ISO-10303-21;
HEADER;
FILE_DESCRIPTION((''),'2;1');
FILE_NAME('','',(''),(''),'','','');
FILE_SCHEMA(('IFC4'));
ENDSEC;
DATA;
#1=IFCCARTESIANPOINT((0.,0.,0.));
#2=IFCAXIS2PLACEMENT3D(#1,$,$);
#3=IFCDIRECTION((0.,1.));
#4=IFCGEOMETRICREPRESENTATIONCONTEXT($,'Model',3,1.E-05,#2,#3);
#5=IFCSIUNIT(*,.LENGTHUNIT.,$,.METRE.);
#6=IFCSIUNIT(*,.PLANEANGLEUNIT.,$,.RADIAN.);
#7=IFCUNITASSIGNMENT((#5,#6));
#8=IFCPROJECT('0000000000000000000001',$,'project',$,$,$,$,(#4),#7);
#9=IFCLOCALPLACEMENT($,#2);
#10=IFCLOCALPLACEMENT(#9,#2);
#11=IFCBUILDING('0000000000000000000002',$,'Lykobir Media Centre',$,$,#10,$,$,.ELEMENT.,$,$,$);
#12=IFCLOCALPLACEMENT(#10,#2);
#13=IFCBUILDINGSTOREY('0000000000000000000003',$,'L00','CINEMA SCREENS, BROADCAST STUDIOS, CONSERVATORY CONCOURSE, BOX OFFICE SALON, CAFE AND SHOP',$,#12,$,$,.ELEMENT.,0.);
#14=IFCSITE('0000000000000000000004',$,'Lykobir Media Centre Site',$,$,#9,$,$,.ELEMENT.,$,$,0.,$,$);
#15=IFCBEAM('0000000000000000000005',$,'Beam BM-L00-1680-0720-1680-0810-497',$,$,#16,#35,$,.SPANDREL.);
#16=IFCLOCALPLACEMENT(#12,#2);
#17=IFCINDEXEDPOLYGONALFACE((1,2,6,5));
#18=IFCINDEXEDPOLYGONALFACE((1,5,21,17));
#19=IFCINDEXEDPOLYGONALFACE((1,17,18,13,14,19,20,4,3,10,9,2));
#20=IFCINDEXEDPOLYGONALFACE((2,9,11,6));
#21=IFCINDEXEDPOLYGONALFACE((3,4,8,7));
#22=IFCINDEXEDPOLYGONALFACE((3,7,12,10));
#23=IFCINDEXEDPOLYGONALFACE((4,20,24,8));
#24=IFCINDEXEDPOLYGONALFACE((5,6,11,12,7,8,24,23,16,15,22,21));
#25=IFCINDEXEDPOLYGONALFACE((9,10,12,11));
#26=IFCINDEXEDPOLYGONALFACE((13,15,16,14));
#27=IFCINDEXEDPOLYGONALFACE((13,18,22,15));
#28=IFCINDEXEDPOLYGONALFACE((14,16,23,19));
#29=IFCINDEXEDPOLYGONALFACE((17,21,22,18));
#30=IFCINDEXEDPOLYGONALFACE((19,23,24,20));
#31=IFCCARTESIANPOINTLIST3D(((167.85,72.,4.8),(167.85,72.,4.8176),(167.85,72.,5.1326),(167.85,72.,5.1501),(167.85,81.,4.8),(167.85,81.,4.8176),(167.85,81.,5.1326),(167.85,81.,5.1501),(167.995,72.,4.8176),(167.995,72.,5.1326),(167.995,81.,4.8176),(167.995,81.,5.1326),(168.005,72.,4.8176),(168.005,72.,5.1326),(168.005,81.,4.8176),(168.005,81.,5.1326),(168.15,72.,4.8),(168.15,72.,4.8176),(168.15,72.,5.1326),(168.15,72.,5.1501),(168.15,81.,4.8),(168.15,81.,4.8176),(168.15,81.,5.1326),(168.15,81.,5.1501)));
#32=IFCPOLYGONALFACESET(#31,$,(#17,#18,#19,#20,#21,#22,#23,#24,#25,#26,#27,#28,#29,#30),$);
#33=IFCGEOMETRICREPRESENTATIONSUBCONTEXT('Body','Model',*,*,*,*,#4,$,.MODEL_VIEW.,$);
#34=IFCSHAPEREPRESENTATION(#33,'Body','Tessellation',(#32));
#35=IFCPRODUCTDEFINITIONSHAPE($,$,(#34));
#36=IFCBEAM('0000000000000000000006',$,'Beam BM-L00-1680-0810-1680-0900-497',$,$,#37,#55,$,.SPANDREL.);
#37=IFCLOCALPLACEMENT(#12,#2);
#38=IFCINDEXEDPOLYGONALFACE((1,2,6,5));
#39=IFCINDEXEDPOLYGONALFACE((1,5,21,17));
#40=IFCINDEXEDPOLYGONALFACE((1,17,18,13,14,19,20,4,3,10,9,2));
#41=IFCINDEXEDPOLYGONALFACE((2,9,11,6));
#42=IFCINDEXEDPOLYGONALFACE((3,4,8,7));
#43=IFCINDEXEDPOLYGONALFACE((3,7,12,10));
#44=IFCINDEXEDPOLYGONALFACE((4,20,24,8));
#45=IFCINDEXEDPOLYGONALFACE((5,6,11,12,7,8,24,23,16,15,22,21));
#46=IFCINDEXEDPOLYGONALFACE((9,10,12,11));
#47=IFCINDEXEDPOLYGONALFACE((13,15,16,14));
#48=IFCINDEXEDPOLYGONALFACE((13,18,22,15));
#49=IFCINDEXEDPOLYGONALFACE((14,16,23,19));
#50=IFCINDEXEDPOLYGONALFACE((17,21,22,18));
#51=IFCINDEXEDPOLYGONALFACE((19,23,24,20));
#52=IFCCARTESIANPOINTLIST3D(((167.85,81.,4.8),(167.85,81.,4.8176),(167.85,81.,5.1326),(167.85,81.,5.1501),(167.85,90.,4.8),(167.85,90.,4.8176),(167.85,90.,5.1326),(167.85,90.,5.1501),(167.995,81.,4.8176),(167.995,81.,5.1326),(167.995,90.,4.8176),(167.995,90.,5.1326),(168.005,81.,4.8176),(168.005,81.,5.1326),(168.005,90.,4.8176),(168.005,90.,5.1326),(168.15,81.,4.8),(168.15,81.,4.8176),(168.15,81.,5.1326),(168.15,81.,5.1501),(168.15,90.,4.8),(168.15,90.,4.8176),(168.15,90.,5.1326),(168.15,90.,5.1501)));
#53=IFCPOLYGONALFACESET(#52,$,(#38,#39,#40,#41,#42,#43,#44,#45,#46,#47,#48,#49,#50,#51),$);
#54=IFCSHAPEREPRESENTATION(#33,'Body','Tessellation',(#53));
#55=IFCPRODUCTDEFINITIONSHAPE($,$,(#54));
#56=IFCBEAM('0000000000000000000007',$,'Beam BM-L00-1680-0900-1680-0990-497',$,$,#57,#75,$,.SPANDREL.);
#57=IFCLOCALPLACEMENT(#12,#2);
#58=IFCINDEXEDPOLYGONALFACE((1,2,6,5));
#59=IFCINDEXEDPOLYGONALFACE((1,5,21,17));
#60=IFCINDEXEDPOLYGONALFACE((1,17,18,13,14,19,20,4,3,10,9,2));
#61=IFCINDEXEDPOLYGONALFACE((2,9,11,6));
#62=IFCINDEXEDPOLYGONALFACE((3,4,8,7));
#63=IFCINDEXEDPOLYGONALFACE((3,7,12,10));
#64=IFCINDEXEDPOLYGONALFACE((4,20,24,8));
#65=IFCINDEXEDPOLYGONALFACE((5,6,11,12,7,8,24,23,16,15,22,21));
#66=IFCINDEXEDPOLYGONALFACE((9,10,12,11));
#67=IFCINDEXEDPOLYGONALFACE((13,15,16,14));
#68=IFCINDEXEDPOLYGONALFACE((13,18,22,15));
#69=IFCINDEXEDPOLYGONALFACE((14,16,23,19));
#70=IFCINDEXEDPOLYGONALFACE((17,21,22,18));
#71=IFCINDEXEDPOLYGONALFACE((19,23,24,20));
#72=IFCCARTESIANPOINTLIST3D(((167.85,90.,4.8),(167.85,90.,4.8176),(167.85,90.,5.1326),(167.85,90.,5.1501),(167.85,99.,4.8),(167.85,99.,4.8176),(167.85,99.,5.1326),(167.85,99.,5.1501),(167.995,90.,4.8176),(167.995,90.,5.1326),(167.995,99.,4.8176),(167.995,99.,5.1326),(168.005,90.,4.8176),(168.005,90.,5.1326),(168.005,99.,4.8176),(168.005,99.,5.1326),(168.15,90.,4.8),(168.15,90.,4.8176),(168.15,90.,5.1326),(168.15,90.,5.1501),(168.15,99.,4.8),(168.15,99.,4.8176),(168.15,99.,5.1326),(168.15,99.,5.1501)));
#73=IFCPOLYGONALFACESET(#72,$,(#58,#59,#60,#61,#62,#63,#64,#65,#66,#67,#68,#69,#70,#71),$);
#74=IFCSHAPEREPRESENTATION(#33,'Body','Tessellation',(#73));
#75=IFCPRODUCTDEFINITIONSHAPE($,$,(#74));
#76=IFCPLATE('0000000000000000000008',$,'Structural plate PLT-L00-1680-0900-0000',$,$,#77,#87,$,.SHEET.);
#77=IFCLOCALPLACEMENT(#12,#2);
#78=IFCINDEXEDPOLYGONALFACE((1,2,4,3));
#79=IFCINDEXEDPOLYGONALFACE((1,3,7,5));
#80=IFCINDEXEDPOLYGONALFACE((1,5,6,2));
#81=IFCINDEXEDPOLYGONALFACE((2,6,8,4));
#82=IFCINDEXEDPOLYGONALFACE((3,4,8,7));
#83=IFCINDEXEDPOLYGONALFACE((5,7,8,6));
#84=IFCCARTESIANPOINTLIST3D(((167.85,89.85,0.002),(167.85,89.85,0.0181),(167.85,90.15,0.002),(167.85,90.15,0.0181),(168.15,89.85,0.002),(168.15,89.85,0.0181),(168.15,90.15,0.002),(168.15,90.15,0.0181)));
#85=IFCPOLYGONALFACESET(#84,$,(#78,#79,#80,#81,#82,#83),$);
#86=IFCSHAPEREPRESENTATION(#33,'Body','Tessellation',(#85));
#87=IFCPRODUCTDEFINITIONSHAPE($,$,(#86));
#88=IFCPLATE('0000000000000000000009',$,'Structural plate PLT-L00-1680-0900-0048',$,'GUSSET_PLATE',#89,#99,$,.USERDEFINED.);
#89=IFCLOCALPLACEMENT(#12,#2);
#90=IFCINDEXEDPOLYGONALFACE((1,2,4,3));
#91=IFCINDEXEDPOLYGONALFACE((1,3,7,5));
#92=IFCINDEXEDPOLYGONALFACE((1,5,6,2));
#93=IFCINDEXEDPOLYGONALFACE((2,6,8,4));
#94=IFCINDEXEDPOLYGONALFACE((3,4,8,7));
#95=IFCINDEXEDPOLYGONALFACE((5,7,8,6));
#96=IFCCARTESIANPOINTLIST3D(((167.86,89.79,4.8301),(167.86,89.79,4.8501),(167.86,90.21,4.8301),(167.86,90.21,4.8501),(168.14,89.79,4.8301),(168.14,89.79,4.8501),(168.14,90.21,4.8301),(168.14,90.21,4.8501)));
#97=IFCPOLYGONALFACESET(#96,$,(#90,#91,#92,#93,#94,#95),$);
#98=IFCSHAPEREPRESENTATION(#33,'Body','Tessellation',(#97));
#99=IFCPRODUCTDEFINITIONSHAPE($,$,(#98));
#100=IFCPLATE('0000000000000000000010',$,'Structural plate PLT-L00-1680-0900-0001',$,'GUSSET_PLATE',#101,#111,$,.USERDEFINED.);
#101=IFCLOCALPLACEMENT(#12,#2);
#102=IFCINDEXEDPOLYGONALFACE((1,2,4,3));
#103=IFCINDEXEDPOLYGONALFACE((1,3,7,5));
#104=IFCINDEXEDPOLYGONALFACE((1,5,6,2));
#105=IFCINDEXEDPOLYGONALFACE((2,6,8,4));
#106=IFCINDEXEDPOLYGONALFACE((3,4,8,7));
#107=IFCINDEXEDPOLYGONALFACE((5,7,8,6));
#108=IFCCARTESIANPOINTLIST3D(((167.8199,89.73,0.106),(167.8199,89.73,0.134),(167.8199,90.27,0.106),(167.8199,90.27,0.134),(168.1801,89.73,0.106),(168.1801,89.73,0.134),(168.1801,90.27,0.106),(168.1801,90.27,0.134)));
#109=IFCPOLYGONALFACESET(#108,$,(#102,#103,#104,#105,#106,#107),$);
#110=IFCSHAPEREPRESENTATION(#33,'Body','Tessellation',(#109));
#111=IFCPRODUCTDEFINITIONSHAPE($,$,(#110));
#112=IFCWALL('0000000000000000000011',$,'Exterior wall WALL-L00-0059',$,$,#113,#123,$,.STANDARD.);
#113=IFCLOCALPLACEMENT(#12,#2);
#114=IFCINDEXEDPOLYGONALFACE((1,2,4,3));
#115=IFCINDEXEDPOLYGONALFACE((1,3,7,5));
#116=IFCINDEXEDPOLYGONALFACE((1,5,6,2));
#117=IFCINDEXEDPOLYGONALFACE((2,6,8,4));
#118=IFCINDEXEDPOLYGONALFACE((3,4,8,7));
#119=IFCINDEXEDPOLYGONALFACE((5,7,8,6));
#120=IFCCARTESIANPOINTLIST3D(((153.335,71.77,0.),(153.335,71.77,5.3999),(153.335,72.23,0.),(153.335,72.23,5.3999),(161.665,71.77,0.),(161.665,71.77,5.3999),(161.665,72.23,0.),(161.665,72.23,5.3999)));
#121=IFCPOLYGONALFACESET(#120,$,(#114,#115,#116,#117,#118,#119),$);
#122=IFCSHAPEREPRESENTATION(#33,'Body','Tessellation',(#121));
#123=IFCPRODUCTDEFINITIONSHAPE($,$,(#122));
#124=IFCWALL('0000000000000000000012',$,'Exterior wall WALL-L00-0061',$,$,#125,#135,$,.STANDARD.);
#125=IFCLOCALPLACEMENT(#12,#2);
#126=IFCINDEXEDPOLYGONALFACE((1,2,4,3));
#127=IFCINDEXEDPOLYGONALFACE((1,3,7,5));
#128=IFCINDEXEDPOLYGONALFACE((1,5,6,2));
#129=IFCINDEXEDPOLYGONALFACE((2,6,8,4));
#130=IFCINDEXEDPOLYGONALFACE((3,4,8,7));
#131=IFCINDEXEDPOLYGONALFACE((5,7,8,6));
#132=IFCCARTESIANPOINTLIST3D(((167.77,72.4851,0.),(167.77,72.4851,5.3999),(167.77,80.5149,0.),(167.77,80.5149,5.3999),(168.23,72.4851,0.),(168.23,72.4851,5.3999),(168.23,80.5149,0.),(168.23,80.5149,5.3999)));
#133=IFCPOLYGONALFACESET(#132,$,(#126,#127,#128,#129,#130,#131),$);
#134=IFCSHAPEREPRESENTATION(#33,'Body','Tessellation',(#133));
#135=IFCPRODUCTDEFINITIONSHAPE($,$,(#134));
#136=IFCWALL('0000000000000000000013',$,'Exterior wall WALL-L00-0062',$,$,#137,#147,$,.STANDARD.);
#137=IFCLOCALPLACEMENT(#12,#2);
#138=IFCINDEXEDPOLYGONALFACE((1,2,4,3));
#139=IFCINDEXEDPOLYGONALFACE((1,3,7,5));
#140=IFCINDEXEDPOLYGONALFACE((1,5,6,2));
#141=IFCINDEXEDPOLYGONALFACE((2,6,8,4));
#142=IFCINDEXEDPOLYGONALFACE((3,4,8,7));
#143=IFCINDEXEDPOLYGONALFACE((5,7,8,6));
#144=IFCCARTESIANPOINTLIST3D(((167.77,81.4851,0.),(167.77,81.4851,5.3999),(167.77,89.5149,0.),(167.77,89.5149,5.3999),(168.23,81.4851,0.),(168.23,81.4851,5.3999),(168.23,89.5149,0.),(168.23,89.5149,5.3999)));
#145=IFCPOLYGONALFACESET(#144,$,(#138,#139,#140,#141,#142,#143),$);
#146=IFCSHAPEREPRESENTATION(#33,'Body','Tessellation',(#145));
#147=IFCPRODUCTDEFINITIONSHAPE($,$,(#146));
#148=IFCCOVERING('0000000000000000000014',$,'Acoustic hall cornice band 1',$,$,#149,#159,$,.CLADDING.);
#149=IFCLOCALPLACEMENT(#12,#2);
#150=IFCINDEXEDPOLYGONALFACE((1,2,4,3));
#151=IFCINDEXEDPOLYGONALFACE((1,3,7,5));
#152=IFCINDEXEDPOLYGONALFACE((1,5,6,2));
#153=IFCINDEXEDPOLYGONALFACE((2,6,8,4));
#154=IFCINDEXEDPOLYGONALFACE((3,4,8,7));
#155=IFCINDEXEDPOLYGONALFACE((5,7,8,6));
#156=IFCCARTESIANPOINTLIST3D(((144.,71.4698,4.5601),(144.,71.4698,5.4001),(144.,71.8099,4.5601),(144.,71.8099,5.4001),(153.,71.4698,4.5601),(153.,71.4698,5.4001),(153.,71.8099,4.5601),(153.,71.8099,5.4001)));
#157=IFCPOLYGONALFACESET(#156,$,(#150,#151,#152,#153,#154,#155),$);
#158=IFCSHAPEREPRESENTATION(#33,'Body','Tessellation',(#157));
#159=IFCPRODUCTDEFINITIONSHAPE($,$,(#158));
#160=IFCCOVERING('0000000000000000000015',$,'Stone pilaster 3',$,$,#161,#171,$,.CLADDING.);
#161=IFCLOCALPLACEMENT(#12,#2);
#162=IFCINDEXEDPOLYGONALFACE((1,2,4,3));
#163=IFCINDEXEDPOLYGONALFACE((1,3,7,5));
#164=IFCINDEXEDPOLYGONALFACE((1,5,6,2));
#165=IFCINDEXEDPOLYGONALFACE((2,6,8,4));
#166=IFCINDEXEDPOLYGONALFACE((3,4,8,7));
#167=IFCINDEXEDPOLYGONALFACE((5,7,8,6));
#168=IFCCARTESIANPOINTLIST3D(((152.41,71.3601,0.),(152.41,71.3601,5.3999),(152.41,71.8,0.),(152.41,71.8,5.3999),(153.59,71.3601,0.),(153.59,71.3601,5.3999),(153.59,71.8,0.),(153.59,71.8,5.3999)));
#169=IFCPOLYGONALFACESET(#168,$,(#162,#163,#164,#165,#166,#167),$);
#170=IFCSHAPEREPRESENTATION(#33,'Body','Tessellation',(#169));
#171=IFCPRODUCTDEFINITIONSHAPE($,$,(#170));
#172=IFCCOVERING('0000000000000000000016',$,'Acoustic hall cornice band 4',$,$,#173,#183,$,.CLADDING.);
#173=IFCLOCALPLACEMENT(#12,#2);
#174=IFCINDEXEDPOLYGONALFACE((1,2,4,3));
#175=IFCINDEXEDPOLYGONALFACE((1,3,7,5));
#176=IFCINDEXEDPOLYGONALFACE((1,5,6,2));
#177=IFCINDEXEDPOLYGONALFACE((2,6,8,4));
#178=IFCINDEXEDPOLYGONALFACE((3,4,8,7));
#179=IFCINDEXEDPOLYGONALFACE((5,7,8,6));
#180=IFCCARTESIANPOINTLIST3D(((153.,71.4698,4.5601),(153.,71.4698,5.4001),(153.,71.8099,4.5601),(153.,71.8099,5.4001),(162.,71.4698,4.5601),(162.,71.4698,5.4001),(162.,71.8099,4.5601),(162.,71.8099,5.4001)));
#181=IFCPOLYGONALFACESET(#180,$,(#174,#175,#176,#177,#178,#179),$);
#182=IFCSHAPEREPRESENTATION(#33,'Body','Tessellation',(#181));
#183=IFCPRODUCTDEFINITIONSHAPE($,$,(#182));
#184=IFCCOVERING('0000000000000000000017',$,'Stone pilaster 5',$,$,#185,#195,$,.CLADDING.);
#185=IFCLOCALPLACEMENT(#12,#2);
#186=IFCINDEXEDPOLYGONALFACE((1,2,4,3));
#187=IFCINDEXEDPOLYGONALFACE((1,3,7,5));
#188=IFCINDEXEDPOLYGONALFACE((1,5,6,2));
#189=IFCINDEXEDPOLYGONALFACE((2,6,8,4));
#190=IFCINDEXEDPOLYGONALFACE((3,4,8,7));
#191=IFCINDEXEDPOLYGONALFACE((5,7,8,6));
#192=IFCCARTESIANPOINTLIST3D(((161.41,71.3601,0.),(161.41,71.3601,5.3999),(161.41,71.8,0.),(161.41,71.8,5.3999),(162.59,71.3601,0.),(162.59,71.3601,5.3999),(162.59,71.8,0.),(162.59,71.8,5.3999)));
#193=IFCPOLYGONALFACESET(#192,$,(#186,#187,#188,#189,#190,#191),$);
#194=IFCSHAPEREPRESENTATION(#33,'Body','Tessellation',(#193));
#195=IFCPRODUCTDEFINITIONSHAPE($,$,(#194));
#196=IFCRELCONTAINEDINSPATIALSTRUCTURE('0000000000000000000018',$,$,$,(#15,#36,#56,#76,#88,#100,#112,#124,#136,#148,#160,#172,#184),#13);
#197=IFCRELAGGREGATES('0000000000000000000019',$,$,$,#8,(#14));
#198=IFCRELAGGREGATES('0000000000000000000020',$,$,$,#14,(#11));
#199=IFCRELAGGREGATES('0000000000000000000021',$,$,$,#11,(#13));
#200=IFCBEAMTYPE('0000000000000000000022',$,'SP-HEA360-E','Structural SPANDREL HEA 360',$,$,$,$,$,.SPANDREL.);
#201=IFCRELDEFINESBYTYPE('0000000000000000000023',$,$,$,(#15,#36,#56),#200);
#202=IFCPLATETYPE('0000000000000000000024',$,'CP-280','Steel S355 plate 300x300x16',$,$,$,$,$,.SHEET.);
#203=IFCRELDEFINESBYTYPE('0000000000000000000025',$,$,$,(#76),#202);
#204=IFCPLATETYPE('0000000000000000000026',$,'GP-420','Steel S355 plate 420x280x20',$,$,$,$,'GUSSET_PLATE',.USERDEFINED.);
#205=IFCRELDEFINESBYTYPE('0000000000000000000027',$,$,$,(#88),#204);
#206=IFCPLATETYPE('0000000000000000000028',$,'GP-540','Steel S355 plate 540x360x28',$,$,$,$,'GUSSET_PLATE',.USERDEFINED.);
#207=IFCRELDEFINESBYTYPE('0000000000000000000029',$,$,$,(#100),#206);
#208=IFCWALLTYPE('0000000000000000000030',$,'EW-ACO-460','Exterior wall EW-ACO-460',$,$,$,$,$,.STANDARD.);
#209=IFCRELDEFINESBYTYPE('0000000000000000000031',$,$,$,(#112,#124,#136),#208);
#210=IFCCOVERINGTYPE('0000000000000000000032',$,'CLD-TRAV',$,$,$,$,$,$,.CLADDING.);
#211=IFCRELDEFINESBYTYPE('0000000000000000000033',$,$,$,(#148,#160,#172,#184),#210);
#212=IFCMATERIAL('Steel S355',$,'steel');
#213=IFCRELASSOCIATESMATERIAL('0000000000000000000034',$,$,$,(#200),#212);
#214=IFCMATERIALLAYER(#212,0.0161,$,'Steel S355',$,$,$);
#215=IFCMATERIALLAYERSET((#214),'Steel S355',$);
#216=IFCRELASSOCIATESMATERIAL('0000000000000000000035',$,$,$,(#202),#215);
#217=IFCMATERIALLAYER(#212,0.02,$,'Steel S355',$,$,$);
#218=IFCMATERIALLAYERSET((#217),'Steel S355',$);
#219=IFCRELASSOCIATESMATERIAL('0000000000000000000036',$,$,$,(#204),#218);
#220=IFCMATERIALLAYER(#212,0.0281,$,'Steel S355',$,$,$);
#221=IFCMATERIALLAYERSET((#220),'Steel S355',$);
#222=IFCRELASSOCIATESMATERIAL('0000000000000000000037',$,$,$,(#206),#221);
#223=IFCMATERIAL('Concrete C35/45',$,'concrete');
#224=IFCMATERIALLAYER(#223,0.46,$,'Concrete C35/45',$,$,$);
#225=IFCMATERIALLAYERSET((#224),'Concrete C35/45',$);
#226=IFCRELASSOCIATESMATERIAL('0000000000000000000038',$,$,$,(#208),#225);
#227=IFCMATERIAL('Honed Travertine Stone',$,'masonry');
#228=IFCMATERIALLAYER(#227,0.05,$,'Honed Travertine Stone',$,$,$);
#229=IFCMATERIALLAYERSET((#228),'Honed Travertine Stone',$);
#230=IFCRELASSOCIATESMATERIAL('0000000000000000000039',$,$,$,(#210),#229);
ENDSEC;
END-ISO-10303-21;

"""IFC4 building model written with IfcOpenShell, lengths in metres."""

from ifc_helpers import new_model, si_unit, direction, frame, frame_2d, origin, origin_2d, place, context, subcontext, project, spatial, rectangle, i_section, extrude, material, layer, layer_set, material_profile, profile_set, type_object, element, save


model = new_model("IFC4")

# Units and contexts
model_context = context("Model", 3, precision=1e-05, world=origin(), true_north=direction((0.0, 1.0)))
body_context = subcontext(model_context, "Body", "Model", "MODEL_VIEW")
ifc_project = project(units=[si_unit("LENGTHUNIT", "METRE"), si_unit("PLANEANGLEUNIT", "RADIAN")], contexts=[model_context])

# Site, building, storey
site_placement = place(None, origin())
site = spatial("IfcSite", under=ifc_project, at=site_placement, Name="Lykobir Media Centre Site", CompositionType="ELEMENT", RefElevation=0.0)
building_placement = place(site_placement, origin())
building = spatial("IfcBuilding", under=site, at=building_placement, Name="Lykobir Media Centre", CompositionType="ELEMENT")
storey_placement = place(building_placement, origin())
storey = spatial("IfcBuildingStorey", under=building, at=storey_placement, Name="L00", Description="CINEMA SCREENS, BROADCAST STUDIOS, CONSERVATORY CONCOURSE, BOX OFFICE SALON, CAFE AND SHOP", CompositionType="ELEMENT", Elevation=0.0)

# Shared definitions
ifc_material_1 = material(Name="Honed Travertine Stone", Category="masonry")

# Shared definitions
ifc_material_2 = material(Name="Steel S355", Category="steel")

# Beams
ifc_material_profile_1 = material_profile(ifc_material_2, i_section(OverallWidth=0.3, OverallDepth=0.3501, WebThickness=0.01, FlangeThickness=0.0176, at=origin_2d()), Name="HEA 360")
ifc_profile_set_1 = profile_set([ifc_material_profile_1], Name="Steel S355")
beam_type_1 = type_object("IfcBeamType", Name="SP-HEA360-E", Description="Structural SPANDREL HEA 360", PredefinedType="SPANDREL", material=ifc_profile_set_1)
for number, where, z_axis, x_axis, name in (
    (1, (168.0, 72.0, 4.9751), (0.0, 1.0, 0.0), (-1.0, 0.0, 0.0), "Beam BM-L00-1680-0720-1680-0810-497"),
    (2, (168.0, 81.0, 4.9751), (0.0, 1.0, 0.0), (-1.0, 0.0, 0.0), "Beam BM-L00-1680-0810-1680-0900-497"),
    (3, (168.0, 90.0, 4.9751), (0.0, 1.0, 0.0), (-1.0, 0.0, 0.0), "Beam BM-L00-1680-0900-1680-0990-497"),
):
    element("IfcBeam", number, at=place(storey_placement, frame(where, z_axis=z_axis, x_axis=x_axis)), inside=storey, type_object=beam_type_1, Name=name, PredefinedType="SPANDREL", context=body_context, shape_type="SweptSolid", body=[
        extrude(i_section(OverallWidth=0.3, OverallDepth=0.3501, WebThickness=0.01, FlangeThickness=0.0176, at=origin_2d()), origin(), (0.0, 0.0, 1.0), 9.0),
    ])

# Plates
ifc_layer_1 = layer(ifc_material_2, 0.0161, Name="Steel S355")
ifc_layer_set_1 = layer_set([ifc_layer_1], Name="Steel S355")
plate_type_1 = type_object("IfcPlateType", Name="CP-280", Description="Steel S355 plate 300x300x16", PredefinedType="SHEET", material=ifc_layer_set_1)
plate_1_placement = place(storey_placement, frame((168.0, 90.0, 0.002), z_axis=(0.0, 0.0, 1.0), x_axis=(0.0, 1.0, 0.0)))
element("IfcPlate", 4, at=plate_1_placement, inside=storey, type_object=plate_type_1, Name="Structural plate PLT-L00-1680-0900-0000", PredefinedType="SHEET", context=body_context, shape_type="SweptSolid", body=[
    extrude(rectangle(XDim=0.3, YDim=0.3, at=origin_2d()), origin(), (0.0, 0.0, 1.0), 0.0161),
])
ifc_layer_2 = layer(ifc_material_2, 0.02, Name="Steel S355")
ifc_layer_set_2 = layer_set([ifc_layer_2], Name="Steel S355")
plate_type_2 = type_object("IfcPlateType", Name="GP-420", Description="Steel S355 plate 420x280x20", ElementType="GUSSET_PLATE", PredefinedType="USERDEFINED", material=ifc_layer_set_2)
plate_2_placement = place(storey_placement, frame((168.0, 90.0, 4.8301), z_axis=(0.0, 0.0, 1.0), x_axis=(0.0, 1.0, 0.0)))
element("IfcPlate", 5, at=plate_2_placement, inside=storey, type_object=plate_type_2, Name="Structural plate PLT-L00-1680-0900-0048", ObjectType="GUSSET_PLATE", PredefinedType="USERDEFINED", context=body_context, shape_type="SweptSolid", body=[
    extrude(rectangle(XDim=0.4199, YDim=0.28, at=origin_2d()), origin(), (0.0, 0.0, 1.0), 0.02),
])
ifc_layer_3 = layer(ifc_material_2, 0.0281, Name="Steel S355")
ifc_layer_set_3 = layer_set([ifc_layer_3], Name="Steel S355")
plate_type_3 = type_object("IfcPlateType", Name="GP-540", Description="Steel S355 plate 540x360x28", ElementType="GUSSET_PLATE", PredefinedType="USERDEFINED", material=ifc_layer_set_3)
plate_3_placement = place(storey_placement, frame((168.0, 90.0, 0.106), z_axis=(0.0, 0.0, 1.0), x_axis=(0.0, 1.0, 0.0)))
element("IfcPlate", 6, at=plate_3_placement, inside=storey, type_object=plate_type_3, Name="Structural plate PLT-L00-1680-0900-0001", ObjectType="GUSSET_PLATE", PredefinedType="USERDEFINED", context=body_context, shape_type="SweptSolid", body=[
    extrude(rectangle(XDim=0.54, YDim=0.3601, at=origin_2d()), origin(), (0.0, 0.0, 1.0), 0.0281),
])

# Walls
ifc_material_3 = material(Name="Concrete C35/45", Category="concrete")
ifc_layer_4 = layer(ifc_material_3, 0.46, Name="Concrete C35/45")
ifc_layer_set_4 = layer_set([ifc_layer_4], Name="Concrete C35/45")
wall_type = type_object("IfcWallType", Name="EW-ACO-460", Description="Exterior wall EW-ACO-460", PredefinedType="STANDARD", material=ifc_layer_set_4)
wall_1_placement = place(storey_placement, frame((153.335, 72.0, 0.0), z_axis=(0.0, 0.0, 1.0), x_axis=(1.0, 0.0, 0.0)))
element("IfcWall", 7, at=wall_1_placement, inside=storey, type_object=wall_type, Name="Exterior wall WALL-L00-0059", PredefinedType="STANDARD", context=body_context, shape_type="SweptSolid", body=[
    extrude(rectangle(XDim=8.3301, YDim=0.46, at=frame_2d((4.165, 0.0))), origin(), (0.0, 0.0, 1.0), 5.3999),
])
for number, where, z_axis, x_axis, name in (
    (8, (168.0, 72.4851, 0.0), (0.0, 0.0, 1.0), (0.0, 1.0, 0.0), "Exterior wall WALL-L00-0061"),
    (9, (168.0, 81.4851, 0.0), (0.0, 0.0, 1.0), (0.0, 1.0, 0.0), "Exterior wall WALL-L00-0062"),
):
    element("IfcWall", number, at=place(storey_placement, frame(where, z_axis=z_axis, x_axis=x_axis)), inside=storey, type_object=wall_type, Name=name, PredefinedType="STANDARD", context=body_context, shape_type="SweptSolid", body=[
        extrude(rectangle(XDim=8.0298, YDim=0.46, at=frame_2d((4.0149, 0.0))), origin(), (0.0, 0.0, 1.0), 5.3999),
    ])

# Coverings
ifc_layer_5 = layer(ifc_material_1, 0.05, Name="Honed Travertine Stone")
ifc_layer_set_5 = layer_set([ifc_layer_5], Name="Honed Travertine Stone")
covering_type = type_object("IfcCoveringType", Name="CLD-TRAV", PredefinedType="CLADDING", material=ifc_layer_set_5)
covering_1_placement = place(storey_placement, frame((148.5, 71.6399, 4.5601), z_axis=(0.0, 0.0, 1.0), x_axis=(1.0, 0.0, 0.0)))
element("IfcCovering", 10, at=covering_1_placement, inside=storey, type_object=covering_type, Name="Acoustic hall cornice band 1", PredefinedType="CLADDING", context=body_context, shape_type="SweptSolid", body=[
    extrude(rectangle(XDim=9.0, YDim=0.3401, at=origin_2d()), origin(), (0.0, 0.0, 1.0), 0.8401),
])
covering_2_placement = place(storey_placement, frame((153.0, 71.5801, 0.0), z_axis=(0.0, 0.0, 1.0), x_axis=(1.0, 0.0, 0.0)))
element("IfcCovering", 11, at=covering_2_placement, inside=storey, type_object=covering_type, Name="Stone pilaster 3", PredefinedType="CLADDING", context=body_context, shape_type="SweptSolid", body=[
    extrude(rectangle(XDim=1.1799, YDim=0.4399, at=origin_2d()), origin(), (0.0, 0.0, 1.0), 5.3999),
])
covering_3_placement = place(storey_placement, frame((157.5, 71.6399, 4.5601), z_axis=(0.0, 0.0, 1.0), x_axis=(1.0, 0.0, 0.0)))
element("IfcCovering", 12, at=covering_3_placement, inside=storey, type_object=covering_type, Name="Acoustic hall cornice band 4", PredefinedType="CLADDING", context=body_context, shape_type="SweptSolid", body=[
    extrude(rectangle(XDim=9.0, YDim=0.3401, at=origin_2d()), origin(), (0.0, 0.0, 1.0), 0.8401),
])
covering_4_placement = place(storey_placement, frame((162.0, 71.5801, 0.0), z_axis=(0.0, 0.0, 1.0), x_axis=(1.0, 0.0, 0.0)))
element("IfcCovering", 13, at=covering_4_placement, inside=storey, type_object=covering_type, Name="Stone pilaster 5", PredefinedType="CLADDING", context=body_context, shape_type="SweptSolid", body=[
    extrude(rectangle(XDim=1.1799, YDim=0.4399, at=origin_2d()), origin(), (0.0, 0.0, 1.0), 5.3999),
])

save(model, "model.ifc")
